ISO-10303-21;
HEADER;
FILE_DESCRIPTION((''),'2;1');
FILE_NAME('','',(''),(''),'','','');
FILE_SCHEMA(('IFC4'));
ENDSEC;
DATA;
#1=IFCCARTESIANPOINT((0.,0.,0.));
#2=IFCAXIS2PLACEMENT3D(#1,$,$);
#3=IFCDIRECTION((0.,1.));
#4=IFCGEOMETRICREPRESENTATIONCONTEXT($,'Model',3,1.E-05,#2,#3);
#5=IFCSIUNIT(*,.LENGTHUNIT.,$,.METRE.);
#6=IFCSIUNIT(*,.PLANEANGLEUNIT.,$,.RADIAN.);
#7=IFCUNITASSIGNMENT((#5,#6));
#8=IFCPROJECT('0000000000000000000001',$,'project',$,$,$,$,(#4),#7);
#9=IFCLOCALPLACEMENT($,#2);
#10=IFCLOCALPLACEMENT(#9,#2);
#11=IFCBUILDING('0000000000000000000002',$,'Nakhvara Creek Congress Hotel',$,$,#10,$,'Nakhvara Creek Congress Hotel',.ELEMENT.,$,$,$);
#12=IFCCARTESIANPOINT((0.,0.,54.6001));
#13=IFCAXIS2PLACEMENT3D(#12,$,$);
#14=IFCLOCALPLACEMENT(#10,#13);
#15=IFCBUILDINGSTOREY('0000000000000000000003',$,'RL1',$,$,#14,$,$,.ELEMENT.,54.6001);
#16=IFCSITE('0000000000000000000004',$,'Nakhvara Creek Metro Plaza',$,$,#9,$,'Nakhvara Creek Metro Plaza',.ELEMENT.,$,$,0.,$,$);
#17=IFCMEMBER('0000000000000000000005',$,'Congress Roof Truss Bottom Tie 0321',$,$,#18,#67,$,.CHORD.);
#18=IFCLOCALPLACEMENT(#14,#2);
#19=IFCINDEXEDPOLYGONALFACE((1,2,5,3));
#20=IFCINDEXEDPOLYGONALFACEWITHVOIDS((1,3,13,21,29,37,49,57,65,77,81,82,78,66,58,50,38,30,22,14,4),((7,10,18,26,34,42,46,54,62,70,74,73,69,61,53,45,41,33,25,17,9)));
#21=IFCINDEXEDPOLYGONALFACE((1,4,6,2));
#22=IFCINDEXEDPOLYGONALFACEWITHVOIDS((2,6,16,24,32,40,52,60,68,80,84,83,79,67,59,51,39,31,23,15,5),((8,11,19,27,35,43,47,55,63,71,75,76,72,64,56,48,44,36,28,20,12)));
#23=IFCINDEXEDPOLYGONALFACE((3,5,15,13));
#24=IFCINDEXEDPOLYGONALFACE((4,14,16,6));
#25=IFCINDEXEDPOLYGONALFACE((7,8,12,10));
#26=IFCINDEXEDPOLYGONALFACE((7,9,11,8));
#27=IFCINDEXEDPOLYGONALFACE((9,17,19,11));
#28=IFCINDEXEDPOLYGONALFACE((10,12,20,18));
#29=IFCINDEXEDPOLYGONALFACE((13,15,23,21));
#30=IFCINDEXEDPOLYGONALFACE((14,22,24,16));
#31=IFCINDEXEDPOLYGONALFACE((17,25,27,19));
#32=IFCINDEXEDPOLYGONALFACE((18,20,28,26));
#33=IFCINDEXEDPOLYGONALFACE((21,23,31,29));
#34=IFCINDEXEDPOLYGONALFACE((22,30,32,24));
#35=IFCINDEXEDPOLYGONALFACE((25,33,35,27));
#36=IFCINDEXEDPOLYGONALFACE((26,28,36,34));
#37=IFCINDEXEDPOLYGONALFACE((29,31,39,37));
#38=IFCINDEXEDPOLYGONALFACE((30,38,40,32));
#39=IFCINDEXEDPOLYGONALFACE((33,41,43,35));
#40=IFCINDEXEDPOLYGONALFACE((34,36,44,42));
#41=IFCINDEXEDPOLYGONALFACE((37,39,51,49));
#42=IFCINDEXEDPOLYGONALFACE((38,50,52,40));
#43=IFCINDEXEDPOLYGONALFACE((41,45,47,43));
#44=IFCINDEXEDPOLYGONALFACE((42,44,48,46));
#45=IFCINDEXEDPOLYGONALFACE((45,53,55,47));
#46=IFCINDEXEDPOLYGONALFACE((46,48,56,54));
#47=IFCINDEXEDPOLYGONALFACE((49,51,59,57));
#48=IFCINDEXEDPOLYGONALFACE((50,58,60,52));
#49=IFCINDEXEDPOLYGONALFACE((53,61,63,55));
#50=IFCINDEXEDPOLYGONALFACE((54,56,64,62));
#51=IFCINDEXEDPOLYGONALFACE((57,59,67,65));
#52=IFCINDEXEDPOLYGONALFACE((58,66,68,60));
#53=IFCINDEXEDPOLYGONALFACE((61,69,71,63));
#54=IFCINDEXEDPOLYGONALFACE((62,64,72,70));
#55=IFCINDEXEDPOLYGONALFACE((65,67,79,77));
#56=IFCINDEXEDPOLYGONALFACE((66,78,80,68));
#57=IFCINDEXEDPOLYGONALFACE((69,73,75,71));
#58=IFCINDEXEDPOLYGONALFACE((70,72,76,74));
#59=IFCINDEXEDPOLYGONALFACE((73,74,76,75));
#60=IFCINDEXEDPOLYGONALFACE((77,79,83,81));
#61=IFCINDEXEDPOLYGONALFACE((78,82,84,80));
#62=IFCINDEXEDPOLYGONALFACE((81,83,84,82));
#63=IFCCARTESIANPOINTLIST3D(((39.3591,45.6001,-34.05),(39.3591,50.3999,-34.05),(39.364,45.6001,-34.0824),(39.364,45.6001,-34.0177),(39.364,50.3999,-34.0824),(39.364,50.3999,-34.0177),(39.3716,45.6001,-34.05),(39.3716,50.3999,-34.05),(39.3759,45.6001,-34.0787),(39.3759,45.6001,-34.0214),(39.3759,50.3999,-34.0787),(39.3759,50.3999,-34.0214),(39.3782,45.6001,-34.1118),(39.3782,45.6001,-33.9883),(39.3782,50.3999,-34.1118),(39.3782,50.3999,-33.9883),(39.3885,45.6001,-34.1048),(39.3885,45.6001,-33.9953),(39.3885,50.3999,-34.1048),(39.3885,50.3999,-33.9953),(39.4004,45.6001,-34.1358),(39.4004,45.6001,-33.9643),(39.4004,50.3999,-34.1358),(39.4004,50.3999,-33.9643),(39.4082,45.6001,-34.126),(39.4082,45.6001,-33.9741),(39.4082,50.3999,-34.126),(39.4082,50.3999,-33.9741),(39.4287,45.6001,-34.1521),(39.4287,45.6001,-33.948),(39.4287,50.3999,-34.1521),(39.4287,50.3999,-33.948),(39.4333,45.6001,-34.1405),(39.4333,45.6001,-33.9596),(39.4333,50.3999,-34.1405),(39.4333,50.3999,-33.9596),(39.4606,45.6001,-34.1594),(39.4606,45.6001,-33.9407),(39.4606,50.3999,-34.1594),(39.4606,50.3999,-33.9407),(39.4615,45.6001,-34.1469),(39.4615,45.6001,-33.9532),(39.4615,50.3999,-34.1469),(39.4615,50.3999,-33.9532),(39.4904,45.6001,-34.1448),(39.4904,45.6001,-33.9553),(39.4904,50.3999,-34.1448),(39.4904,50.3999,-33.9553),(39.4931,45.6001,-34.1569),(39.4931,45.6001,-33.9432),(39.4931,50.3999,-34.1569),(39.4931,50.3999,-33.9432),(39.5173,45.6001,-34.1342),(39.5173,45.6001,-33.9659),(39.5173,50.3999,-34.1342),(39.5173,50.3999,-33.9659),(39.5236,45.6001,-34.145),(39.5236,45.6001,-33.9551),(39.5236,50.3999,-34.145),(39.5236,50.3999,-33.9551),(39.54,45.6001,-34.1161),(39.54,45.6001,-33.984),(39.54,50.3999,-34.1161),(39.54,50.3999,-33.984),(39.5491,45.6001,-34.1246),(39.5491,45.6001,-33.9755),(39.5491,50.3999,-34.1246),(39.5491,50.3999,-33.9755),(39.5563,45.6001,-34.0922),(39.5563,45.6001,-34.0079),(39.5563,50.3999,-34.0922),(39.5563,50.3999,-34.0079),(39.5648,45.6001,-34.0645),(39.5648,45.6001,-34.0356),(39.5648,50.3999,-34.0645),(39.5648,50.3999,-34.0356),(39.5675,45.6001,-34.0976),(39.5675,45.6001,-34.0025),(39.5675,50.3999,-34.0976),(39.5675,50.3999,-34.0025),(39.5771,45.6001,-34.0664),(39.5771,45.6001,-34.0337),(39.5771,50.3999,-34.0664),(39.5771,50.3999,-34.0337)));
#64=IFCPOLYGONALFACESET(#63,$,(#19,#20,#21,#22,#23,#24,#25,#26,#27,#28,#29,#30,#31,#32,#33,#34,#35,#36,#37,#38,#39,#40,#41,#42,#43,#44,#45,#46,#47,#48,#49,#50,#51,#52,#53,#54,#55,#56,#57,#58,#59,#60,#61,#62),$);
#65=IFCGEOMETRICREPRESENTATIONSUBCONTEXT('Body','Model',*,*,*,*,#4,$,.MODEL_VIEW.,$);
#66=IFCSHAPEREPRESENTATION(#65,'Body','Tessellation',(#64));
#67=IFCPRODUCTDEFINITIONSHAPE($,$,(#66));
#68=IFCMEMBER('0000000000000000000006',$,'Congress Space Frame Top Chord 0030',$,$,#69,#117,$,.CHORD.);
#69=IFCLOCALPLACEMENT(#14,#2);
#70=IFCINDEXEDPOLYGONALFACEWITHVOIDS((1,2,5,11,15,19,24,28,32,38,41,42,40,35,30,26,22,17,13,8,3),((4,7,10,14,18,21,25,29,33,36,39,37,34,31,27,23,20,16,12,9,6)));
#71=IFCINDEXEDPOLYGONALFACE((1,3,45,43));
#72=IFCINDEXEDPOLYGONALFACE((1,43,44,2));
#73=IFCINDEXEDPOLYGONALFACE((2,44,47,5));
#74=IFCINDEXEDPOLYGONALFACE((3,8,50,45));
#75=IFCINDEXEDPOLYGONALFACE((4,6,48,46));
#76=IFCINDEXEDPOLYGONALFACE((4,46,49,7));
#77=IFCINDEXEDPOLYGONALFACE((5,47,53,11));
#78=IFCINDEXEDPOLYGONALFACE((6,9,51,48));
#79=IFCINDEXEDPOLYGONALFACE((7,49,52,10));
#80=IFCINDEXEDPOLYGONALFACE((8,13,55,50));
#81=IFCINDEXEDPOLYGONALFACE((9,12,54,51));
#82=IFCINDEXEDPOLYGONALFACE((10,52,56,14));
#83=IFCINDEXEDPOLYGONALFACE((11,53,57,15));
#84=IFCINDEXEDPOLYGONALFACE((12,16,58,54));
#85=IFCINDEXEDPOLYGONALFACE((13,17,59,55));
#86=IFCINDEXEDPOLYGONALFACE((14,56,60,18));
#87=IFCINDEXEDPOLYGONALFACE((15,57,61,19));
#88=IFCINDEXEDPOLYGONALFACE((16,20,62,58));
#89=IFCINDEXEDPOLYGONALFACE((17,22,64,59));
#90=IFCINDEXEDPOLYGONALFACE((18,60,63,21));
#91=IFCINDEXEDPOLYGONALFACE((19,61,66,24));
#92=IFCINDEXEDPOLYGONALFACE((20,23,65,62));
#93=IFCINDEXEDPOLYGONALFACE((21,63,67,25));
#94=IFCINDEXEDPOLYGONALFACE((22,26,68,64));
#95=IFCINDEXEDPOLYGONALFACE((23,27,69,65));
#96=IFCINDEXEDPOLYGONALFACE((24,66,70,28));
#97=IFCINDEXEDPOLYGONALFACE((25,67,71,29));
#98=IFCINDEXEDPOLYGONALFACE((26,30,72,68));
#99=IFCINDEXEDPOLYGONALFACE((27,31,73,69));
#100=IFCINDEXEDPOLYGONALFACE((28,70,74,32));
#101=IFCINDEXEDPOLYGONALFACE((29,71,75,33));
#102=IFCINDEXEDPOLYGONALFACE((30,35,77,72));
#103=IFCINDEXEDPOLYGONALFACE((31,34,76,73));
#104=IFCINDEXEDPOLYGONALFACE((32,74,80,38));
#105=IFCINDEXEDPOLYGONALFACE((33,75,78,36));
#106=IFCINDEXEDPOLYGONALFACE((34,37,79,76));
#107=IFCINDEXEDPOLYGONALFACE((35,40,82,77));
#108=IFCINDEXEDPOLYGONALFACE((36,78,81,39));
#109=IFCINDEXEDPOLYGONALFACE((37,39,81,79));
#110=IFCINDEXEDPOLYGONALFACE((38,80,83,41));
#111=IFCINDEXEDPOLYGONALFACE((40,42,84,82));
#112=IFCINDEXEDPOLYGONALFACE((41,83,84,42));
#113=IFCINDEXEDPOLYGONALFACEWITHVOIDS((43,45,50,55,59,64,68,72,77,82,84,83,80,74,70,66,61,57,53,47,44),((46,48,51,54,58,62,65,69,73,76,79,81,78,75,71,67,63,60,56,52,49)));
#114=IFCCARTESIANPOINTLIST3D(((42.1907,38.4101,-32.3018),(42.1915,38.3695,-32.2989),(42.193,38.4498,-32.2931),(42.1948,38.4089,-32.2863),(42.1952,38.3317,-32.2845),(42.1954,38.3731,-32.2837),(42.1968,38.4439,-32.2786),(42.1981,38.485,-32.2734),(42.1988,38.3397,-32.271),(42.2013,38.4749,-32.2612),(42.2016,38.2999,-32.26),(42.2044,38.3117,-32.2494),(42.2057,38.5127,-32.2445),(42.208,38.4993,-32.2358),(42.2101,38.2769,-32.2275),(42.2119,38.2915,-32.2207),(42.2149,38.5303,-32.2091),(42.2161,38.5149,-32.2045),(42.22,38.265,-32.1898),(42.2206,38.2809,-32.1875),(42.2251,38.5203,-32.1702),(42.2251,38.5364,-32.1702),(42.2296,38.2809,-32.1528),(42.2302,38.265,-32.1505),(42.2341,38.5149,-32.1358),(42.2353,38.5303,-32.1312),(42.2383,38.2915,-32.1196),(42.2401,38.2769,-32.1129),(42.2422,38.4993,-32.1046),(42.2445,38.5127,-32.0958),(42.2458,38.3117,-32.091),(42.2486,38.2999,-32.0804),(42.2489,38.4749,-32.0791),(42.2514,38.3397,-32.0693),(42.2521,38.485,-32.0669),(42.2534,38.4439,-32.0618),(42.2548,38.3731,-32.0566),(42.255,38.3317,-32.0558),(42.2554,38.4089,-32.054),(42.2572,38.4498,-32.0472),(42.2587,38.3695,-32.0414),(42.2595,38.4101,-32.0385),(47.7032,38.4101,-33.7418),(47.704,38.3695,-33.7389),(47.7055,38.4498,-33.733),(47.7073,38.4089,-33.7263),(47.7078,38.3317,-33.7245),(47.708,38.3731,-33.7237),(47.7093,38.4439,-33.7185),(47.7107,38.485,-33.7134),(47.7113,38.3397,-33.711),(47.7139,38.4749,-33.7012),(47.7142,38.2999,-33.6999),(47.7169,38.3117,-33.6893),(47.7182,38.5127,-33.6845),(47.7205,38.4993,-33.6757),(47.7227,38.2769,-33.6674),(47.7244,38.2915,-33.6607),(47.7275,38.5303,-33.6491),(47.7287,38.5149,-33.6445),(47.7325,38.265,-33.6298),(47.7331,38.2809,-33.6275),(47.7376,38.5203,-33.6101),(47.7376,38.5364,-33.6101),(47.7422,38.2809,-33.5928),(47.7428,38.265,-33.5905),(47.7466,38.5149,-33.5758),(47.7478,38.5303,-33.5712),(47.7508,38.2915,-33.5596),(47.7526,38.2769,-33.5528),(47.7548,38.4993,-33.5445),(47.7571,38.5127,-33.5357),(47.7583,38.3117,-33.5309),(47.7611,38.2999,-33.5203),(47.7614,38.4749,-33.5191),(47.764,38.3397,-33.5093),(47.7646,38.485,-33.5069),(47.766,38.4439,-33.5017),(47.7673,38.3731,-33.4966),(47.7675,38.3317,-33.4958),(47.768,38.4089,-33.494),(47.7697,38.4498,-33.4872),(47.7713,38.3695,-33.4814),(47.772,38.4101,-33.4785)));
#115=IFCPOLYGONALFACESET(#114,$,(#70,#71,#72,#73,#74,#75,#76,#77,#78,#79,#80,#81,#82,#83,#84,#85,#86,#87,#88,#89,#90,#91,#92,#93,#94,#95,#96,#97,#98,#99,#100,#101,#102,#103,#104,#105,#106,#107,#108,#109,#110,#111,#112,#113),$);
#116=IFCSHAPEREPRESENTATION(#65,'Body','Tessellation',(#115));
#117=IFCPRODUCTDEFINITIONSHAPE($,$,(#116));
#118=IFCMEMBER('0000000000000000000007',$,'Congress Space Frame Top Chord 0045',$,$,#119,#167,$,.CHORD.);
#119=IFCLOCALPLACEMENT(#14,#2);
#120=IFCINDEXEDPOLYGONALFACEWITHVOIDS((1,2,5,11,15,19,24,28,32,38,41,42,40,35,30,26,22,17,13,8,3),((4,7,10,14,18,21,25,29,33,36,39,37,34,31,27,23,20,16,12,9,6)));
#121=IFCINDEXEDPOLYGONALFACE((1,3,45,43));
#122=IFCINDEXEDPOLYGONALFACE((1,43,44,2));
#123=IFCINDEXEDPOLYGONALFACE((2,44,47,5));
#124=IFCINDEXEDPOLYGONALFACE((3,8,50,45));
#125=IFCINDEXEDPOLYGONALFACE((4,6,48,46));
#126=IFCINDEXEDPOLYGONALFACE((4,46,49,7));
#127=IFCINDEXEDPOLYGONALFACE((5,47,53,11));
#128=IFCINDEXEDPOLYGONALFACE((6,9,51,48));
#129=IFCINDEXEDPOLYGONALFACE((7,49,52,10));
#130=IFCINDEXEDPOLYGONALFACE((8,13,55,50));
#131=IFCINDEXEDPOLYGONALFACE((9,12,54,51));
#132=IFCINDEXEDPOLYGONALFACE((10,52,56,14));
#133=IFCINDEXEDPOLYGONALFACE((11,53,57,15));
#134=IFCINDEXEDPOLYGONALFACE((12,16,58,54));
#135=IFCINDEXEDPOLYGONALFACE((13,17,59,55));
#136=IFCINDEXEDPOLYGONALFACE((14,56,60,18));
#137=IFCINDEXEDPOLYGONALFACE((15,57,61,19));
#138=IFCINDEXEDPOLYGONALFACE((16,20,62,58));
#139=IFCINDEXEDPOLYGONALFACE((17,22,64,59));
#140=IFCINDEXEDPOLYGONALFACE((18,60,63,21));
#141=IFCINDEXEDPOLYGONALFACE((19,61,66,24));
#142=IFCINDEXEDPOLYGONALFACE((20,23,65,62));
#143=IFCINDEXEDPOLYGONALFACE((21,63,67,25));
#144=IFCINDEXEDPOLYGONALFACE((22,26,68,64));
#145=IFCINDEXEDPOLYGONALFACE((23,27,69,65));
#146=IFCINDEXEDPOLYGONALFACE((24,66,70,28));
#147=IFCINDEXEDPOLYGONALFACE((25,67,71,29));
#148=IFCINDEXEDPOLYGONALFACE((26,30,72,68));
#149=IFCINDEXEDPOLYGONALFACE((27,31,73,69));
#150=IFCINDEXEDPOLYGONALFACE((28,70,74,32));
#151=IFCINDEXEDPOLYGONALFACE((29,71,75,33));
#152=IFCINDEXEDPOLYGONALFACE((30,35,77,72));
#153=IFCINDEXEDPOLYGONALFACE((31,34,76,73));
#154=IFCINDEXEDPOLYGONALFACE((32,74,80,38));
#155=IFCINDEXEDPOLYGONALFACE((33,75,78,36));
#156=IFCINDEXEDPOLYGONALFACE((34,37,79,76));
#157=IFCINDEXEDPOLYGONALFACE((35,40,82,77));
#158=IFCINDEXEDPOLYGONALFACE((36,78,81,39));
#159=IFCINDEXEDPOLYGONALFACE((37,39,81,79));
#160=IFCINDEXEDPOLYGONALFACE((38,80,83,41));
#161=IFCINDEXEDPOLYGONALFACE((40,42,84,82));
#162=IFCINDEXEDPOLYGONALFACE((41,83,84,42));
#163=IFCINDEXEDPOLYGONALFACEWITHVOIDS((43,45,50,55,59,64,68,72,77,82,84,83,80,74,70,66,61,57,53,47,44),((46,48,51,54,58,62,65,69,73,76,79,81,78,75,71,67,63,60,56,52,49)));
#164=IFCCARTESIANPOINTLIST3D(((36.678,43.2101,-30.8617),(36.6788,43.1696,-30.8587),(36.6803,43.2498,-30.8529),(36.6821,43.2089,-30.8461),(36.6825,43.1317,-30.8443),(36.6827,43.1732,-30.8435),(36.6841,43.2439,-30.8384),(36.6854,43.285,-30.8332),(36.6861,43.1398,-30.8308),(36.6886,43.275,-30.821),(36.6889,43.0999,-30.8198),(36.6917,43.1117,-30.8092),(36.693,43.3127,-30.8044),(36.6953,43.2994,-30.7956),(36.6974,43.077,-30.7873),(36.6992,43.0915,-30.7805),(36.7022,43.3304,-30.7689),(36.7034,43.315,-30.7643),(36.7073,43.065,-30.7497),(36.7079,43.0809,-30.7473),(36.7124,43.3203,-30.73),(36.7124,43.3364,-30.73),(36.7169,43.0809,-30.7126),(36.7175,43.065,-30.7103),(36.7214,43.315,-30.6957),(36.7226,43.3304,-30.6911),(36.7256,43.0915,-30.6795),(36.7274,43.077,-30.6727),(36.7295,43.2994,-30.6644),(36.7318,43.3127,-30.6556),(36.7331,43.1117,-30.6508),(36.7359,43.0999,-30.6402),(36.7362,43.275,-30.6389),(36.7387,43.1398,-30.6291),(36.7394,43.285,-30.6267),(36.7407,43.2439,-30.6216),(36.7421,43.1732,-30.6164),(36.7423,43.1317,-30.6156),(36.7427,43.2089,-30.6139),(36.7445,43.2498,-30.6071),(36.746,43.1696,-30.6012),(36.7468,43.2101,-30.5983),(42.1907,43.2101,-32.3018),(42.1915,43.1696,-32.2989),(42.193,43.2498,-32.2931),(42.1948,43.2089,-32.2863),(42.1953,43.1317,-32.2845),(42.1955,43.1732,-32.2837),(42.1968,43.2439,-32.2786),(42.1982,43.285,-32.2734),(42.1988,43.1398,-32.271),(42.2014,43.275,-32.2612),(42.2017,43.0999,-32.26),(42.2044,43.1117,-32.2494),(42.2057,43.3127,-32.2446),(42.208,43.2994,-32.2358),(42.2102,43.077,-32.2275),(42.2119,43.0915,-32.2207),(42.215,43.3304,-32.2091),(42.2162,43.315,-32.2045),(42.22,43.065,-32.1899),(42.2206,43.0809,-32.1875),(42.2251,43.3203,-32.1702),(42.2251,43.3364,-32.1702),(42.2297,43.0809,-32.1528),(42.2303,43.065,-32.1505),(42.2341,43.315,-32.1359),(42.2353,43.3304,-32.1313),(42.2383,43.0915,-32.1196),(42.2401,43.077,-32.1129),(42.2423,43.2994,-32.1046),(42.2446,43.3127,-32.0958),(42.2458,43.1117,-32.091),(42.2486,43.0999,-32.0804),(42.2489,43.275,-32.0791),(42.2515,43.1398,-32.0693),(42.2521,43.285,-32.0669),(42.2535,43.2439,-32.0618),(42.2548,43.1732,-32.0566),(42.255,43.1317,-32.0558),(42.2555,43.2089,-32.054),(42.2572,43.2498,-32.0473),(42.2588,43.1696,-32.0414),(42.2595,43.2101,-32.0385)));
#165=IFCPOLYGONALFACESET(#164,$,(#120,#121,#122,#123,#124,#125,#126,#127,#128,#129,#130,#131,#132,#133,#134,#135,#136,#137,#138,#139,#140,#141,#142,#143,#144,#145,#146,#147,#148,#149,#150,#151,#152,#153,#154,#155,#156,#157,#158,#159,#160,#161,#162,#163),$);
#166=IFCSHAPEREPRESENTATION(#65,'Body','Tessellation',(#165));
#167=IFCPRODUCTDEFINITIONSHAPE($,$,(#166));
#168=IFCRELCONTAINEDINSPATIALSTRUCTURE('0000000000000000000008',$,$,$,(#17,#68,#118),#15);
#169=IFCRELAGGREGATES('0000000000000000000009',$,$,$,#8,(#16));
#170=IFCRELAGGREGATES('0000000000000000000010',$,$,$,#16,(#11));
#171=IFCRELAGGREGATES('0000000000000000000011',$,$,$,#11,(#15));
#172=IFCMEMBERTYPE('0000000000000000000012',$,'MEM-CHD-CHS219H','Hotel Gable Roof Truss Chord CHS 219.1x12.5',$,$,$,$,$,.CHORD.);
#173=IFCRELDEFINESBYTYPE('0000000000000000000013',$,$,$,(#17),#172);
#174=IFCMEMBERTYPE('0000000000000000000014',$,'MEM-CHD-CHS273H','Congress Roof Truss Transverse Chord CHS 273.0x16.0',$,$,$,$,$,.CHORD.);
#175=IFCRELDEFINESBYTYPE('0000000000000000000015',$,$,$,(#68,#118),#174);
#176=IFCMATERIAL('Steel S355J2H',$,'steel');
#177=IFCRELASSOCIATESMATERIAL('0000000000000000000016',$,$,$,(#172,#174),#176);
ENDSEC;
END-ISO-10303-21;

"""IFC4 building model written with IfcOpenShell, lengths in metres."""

from ifc_helpers import new_model, si_unit, direction, frame, origin, origin_2d, place, context, subcontext, project, spatial, hollow_circle, extrude, material, material_profile, profile_set, type_object, element, save


model = new_model("IFC4")

# Units and contexts
model_context = context("Model", 3, precision=1e-05, world=origin(), true_north=direction((0.0, 1.0)))
body_context = subcontext(model_context, "Body", "Model", "MODEL_VIEW")
ifc_project = project(units=[si_unit("LENGTHUNIT", "METRE"), si_unit("PLANEANGLEUNIT", "RADIAN")], contexts=[model_context])

# Site, building, storey
site_placement = place(None, origin())
site = spatial("IfcSite", under=ifc_project, at=site_placement, Name="Nakhvara Creek Metro Plaza", LongName="Nakhvara Creek Metro Plaza", CompositionType="ELEMENT", RefElevation=0.0)
building_placement = place(site_placement, origin())
building = spatial("IfcBuilding", under=site, at=building_placement, Name="Nakhvara Creek Congress Hotel", LongName="Nakhvara Creek Congress Hotel", CompositionType="ELEMENT")
storey_placement = place(building_placement, frame((0.0, 0.0, 54.6001)))
storey = spatial("IfcBuildingStorey", under=building, at=storey_placement, Name="RL1", CompositionType="ELEMENT", Elevation=54.6001)

# Members
ifc_material_1 = material(Name="Steel S355J2H", Category="steel")
ifc_material_profile_1 = material_profile(ifc_material_1, hollow_circle(Radius=0.1096, WallThickness=0.0125, at=origin_2d()), Name="CHS 219.1x12.5", Category="LoadBearing")
ifc_profile_set_1 = profile_set([ifc_material_profile_1], Name="Steel S355J2H")
member_type_1 = type_object("IfcMemberType", Name="MEM-CHD-CHS219H", Description="Hotel Gable Roof Truss Chord CHS 219.1x12.5", PredefinedType="CHORD", material=ifc_profile_set_1)
member_1_placement = place(storey_placement, frame((39.4688, 45.6001, -34.05), z_axis=(0.0, 1.0, 0.0), x_axis=(-1.0, 0.0, 0.0)))
element("IfcMember", 1, at=member_1_placement, inside=storey, type_object=member_type_1, Name="Congress Roof Truss Bottom Tie 0321", PredefinedType="CHORD", context=body_context, shape_type="SweptSolid", body=[
    extrude(hollow_circle(Radius=0.1096, WallThickness=0.0125, at=origin_2d()), origin(), (0.0, 0.0, 1.0), 4.7998),
])
ifc_material_profile_2 = material_profile(ifc_material_1, hollow_circle(Radius=0.1365, WallThickness=0.0161, at=origin_2d()), Name="CHS 273.0x16.0", Category="LoadBearing")
ifc_profile_set_2 = profile_set([ifc_material_profile_2], Name="Steel S355J2H")
member_type_2 = type_object("IfcMemberType", Name="MEM-CHD-CHS273H", Description="Congress Roof Truss Transverse Chord CHS 273.0x16.0", PredefinedType="CHORD", material=ifc_profile_set_2)
member_2_placement = place(storey_placement, frame((42.2251, 38.3999, -32.1702), z_axis=(0.967535, 0.0, -0.252736), x_axis=(0.0, 1.0, 0.0)))
element("IfcMember", 2, at=member_2_placement, inside=storey, type_object=member_type_2, Name="Congress Space Frame Top Chord 0030", PredefinedType="CHORD", context=body_context, shape_type="SweptSolid", body=[
    extrude(hollow_circle(Radius=0.1365, WallThickness=0.0161, at=origin_2d()), origin(), (0.0, 0.0, 1.0), 5.6975),
])
member_3_placement = place(storey_placement, frame((36.7124, 43.2, -30.73), z_axis=(0.967528, 0.0, -0.252766), x_axis=(0.0, 1.0, 0.0)))
element("IfcMember", 3, at=member_3_placement, inside=storey, type_object=member_type_2, Name="Congress Space Frame Top Chord 0045", PredefinedType="CHORD", context=body_context, shape_type="SweptSolid", body=[
    extrude(hollow_circle(Radius=0.1365, WallThickness=0.0161, at=origin_2d()), origin(), (0.0, 0.0, 1.0), 5.6978),
])

save(model, "model.ifc")
